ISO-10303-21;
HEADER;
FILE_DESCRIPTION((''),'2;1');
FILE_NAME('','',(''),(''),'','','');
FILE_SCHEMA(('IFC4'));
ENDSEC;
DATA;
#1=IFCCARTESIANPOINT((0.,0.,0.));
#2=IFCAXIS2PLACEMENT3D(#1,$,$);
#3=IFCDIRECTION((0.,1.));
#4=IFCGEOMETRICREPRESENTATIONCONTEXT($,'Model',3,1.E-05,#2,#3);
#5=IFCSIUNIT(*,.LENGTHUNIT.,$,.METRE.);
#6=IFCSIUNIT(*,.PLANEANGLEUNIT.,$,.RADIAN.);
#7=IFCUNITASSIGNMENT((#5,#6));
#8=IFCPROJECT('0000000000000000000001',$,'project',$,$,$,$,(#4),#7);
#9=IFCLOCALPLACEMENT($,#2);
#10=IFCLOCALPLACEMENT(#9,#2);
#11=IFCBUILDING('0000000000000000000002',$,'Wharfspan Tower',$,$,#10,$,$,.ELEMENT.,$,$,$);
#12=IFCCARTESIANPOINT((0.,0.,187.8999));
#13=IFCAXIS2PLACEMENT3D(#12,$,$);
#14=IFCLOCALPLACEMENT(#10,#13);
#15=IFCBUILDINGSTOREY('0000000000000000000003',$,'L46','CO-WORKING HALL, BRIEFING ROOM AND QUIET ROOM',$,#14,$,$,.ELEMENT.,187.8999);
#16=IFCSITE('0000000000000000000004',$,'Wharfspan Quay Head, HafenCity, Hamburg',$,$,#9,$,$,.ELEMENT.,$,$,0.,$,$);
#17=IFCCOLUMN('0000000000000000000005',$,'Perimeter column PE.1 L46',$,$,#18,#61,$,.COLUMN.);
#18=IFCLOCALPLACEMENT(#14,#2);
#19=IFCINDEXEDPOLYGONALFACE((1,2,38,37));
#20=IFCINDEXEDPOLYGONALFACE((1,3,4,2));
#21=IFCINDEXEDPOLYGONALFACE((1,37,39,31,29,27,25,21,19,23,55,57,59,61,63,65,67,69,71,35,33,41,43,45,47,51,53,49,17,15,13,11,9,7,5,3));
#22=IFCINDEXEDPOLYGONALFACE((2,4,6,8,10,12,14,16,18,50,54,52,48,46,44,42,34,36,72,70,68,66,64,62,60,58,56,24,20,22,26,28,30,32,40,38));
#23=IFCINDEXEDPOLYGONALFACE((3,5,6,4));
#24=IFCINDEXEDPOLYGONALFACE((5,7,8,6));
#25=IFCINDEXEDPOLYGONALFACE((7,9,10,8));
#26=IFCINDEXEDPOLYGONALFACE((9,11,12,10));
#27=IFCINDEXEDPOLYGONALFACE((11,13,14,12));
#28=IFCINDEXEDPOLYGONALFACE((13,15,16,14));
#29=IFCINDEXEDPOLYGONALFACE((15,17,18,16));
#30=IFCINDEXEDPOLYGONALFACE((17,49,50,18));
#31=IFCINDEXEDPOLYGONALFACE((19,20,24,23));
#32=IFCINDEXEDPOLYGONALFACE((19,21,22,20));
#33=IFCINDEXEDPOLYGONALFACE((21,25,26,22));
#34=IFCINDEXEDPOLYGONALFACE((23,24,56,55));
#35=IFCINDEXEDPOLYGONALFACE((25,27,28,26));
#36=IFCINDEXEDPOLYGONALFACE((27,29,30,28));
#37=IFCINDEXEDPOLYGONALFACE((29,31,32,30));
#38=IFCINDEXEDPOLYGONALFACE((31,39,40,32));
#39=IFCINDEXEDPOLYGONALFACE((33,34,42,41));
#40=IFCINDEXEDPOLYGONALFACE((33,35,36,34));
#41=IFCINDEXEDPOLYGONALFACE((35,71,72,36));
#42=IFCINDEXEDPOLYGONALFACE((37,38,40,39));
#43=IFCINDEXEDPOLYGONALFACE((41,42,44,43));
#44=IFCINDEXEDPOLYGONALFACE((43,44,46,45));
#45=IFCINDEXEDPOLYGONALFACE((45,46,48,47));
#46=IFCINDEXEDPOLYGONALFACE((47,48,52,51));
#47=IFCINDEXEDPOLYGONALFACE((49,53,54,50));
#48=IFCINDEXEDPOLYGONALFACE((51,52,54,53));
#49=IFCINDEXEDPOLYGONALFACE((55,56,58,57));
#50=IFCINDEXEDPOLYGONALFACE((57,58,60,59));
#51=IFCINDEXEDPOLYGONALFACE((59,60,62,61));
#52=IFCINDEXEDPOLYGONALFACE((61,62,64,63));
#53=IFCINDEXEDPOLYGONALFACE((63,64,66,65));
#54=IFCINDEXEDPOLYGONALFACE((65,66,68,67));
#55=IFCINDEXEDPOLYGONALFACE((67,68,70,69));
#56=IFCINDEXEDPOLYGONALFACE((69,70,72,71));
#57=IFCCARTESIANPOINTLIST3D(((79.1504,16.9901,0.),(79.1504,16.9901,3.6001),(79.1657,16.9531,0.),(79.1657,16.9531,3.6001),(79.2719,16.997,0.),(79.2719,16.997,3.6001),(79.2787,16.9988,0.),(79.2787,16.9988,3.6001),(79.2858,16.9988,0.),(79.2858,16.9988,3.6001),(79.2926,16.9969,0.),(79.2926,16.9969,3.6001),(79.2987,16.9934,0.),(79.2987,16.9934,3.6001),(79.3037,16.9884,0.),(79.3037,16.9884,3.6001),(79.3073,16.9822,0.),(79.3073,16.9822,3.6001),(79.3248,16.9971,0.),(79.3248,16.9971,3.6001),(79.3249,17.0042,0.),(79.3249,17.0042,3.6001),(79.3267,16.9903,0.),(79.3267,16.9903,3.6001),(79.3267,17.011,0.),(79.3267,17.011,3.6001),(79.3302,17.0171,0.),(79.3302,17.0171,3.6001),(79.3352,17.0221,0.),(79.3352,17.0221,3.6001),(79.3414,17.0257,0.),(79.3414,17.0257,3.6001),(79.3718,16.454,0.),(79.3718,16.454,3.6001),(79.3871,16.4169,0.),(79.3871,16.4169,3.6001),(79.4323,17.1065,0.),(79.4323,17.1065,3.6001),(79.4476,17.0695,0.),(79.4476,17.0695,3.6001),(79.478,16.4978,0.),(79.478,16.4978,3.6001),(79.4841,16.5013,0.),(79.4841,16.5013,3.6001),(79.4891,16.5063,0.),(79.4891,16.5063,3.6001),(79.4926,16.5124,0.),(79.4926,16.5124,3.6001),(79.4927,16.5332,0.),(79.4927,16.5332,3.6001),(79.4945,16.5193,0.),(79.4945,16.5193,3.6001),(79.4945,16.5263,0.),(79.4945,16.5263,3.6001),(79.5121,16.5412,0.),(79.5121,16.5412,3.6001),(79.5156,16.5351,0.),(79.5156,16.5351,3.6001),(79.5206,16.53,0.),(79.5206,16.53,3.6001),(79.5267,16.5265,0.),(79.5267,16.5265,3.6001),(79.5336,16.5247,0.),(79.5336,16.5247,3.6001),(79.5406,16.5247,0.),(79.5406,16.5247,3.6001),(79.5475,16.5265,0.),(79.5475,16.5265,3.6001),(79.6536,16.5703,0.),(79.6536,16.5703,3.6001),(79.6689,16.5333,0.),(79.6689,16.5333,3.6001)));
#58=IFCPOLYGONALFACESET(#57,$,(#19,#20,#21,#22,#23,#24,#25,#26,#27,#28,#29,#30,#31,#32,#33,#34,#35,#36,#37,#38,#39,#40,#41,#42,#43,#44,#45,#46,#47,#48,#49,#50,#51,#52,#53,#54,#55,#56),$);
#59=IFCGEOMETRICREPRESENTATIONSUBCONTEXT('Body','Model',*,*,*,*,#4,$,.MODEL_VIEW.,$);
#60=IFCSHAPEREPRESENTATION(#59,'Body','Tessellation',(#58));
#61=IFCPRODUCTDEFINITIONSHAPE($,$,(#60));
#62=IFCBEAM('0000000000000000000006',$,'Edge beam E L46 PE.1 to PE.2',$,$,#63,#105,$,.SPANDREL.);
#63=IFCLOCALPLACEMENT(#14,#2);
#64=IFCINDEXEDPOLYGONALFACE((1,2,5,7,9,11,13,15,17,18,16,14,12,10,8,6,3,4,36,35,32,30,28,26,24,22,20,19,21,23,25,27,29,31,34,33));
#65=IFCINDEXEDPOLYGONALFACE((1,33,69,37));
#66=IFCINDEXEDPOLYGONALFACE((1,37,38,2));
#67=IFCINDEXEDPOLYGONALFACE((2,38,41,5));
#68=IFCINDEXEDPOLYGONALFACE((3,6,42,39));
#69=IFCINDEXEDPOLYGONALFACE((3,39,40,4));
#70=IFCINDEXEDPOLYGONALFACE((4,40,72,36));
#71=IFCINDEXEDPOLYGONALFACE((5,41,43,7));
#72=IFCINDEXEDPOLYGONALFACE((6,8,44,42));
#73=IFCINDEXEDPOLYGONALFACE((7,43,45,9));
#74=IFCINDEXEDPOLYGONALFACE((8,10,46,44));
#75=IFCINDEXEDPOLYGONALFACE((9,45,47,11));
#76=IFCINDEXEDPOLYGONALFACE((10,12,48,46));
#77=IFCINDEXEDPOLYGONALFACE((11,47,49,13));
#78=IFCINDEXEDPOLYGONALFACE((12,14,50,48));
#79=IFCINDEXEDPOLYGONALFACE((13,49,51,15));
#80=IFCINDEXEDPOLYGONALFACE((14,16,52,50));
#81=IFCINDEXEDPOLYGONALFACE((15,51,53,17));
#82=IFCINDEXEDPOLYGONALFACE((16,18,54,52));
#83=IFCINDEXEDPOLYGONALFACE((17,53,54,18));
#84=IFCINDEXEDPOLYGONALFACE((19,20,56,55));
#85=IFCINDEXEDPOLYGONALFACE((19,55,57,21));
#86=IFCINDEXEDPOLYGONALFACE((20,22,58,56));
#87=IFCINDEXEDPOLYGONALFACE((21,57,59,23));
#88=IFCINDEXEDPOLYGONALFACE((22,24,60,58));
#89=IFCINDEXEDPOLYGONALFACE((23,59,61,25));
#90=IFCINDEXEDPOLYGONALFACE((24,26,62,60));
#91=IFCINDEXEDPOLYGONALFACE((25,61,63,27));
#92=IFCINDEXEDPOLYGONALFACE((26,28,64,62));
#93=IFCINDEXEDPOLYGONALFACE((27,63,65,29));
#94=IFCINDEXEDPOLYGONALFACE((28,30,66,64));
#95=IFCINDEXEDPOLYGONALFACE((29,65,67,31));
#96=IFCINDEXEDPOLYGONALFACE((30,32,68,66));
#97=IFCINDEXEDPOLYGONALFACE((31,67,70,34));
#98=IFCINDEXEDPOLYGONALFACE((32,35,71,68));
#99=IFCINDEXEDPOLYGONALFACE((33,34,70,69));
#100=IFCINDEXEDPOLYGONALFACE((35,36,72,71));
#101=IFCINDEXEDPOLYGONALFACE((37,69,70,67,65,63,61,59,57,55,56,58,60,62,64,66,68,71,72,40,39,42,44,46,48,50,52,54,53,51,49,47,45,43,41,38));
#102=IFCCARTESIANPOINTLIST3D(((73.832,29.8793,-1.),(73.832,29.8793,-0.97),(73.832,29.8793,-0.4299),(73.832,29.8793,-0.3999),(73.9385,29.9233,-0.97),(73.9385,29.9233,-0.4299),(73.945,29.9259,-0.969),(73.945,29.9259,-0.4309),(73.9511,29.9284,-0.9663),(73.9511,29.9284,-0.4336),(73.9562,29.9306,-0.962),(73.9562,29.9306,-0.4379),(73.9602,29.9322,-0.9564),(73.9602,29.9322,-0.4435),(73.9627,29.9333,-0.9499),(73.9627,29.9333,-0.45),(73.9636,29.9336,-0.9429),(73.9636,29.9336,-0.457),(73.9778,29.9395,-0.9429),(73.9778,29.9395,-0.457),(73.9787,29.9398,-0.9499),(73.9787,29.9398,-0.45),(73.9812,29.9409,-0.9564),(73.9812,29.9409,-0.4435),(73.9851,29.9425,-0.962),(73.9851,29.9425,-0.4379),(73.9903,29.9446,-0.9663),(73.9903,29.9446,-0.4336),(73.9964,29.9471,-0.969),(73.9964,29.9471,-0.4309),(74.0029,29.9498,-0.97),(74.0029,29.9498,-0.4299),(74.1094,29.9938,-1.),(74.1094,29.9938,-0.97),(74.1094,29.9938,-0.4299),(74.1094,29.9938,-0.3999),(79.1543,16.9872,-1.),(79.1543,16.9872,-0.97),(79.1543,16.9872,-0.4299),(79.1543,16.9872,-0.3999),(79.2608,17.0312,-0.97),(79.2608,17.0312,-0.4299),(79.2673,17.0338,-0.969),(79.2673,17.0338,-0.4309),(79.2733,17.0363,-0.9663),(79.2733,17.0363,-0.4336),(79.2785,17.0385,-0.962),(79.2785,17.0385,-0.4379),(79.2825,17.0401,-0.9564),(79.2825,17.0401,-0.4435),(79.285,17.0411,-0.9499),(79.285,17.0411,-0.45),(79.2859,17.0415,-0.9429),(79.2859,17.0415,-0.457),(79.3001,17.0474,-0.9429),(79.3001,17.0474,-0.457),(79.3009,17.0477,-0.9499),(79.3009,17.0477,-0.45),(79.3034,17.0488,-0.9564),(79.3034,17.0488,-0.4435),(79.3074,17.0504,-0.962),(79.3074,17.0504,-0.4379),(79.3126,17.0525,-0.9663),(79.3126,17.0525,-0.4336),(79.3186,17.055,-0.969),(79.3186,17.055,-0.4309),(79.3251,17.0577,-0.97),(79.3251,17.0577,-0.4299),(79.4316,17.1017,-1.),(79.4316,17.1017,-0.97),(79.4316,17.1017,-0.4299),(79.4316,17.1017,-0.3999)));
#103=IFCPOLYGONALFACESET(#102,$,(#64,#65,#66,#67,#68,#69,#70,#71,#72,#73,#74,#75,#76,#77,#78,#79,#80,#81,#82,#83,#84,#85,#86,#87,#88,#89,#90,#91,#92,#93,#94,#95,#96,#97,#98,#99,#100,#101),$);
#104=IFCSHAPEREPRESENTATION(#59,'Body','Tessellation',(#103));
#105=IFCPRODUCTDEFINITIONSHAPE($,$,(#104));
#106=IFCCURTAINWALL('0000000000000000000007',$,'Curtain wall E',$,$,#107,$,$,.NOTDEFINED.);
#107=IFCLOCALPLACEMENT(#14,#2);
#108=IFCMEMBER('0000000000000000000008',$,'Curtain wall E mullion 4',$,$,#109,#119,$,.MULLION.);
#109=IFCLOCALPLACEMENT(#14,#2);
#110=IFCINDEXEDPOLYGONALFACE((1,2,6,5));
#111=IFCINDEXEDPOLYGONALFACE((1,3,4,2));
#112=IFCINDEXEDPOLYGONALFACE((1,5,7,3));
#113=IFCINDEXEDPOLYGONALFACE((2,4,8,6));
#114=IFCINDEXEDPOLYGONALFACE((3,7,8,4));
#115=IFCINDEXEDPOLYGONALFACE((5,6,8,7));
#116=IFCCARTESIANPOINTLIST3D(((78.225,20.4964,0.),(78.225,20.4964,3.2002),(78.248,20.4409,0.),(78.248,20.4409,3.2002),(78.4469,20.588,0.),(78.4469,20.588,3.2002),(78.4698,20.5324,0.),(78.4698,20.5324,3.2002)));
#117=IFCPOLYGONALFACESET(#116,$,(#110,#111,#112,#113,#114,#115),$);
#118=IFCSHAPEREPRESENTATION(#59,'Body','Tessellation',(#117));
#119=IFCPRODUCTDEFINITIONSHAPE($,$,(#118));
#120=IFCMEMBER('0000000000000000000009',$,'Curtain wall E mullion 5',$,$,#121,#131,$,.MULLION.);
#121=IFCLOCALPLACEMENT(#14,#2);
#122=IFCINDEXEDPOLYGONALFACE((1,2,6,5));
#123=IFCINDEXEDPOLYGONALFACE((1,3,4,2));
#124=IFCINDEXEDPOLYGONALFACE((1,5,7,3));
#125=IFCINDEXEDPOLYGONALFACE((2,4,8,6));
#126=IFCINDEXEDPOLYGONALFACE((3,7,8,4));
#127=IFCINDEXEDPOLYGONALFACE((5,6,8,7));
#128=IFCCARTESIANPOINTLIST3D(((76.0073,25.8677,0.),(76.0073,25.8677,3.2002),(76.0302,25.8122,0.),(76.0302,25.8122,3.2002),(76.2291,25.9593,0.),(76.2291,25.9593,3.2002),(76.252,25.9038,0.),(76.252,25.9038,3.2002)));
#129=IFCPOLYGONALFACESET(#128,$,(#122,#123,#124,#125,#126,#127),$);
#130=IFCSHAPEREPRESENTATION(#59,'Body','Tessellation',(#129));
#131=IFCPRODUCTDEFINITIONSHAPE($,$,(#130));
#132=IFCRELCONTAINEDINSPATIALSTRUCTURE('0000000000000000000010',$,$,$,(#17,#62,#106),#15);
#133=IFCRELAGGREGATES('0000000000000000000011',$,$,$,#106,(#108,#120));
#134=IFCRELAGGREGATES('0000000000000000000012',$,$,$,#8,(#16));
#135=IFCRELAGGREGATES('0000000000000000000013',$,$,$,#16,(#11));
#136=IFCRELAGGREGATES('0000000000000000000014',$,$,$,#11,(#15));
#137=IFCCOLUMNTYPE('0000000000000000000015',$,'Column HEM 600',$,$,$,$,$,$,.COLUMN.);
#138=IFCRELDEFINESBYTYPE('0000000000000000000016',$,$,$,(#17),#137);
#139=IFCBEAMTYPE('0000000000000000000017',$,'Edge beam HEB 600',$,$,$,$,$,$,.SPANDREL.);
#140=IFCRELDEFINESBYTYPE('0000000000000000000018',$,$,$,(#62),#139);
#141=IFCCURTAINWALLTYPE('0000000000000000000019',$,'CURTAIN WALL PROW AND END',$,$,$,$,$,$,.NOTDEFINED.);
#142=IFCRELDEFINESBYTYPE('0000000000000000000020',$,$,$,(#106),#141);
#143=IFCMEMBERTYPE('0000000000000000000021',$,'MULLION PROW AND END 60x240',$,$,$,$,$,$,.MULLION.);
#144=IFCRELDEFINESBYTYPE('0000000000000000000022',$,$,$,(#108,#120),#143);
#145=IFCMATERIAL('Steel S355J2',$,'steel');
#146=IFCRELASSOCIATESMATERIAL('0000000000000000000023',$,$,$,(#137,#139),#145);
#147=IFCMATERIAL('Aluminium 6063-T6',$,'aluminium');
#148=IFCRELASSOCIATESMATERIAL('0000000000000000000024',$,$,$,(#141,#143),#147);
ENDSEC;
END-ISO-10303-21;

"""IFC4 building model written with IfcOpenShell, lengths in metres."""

from ifc_helpers import new_model, si_unit, direction, frame, origin, origin_2d, place, context, subcontext, project, spatial, rectangle, i_section, extrude, material, material_profile, profile_set, type_object, element, aggregate, save


model = new_model("IFC4")

# Units and contexts
model_context = context("Model", 3, precision=1e-05, world=origin(), true_north=direction((0.0, 1.0)))
body_context = subcontext(model_context, "Body", "Model", "MODEL_VIEW")
ifc_project = project(units=[si_unit("LENGTHUNIT", "METRE"), si_unit("PLANEANGLEUNIT", "RADIAN")], contexts=[model_context])

# Site, building, storey
site_placement = place(None, origin())
site = spatial("IfcSite", under=ifc_project, at=site_placement, Name="Wharfspan Quay Head, HafenCity, Hamburg", CompositionType="ELEMENT", RefElevation=0.0)
building_placement = place(site_placement, origin())
building = spatial("IfcBuilding", under=site, at=building_placement, Name="Wharfspan Tower", CompositionType="ELEMENT")
storey_placement = place(building_placement, frame((0.0, 0.0, 187.8999)))
storey = spatial("IfcBuildingStorey", under=building, at=storey_placement, Name="L46", Description="CO-WORKING HALL, BRIEFING ROOM AND QUIET ROOM", CompositionType="ELEMENT", Elevation=187.8999)

# Column
ifc_material_1 = material(Name="Steel S355J2", Category="steel")
ifc_material_profile_1 = material_profile(ifc_material_1, i_section(OverallWidth=0.3049, OverallDepth=0.6201, WebThickness=0.021, FlangeThickness=0.04, FilletRadius=0.0271, at=origin_2d()))
ifc_profile_set_1 = profile_set([ifc_material_profile_1], Name="Steel S355J2")
column_type = type_object("IfcColumnType", Name="Column HEM 600", PredefinedType="COLUMN", material=ifc_profile_set_1)
column_placement = place(storey_placement, frame((79.4097, 16.7617, 0.0), z_axis=(0.0, 0.0, 1.0), x_axis=(0.924325, 0.381602, 0.0)))
element("IfcColumn", 1, at=column_placement, inside=storey, type_object=column_type, Name="Perimeter column PE.1 L46", PredefinedType="COLUMN", context=body_context, shape_type="SweptSolid", body=[
    extrude(i_section(OverallWidth=0.3049, OverallDepth=0.6201, WebThickness=0.021, FlangeThickness=0.04, FilletRadius=0.0271, at=origin_2d()), origin(), (0.0, 0.0, 1.0), 3.6001),
])

# Beam
ifc_material_profile_2 = material_profile(ifc_material_1, i_section(OverallWidth=0.3, OverallDepth=0.6001, WebThickness=0.0154, FlangeThickness=0.03, FilletRadius=0.0271, at=origin_2d()))
ifc_profile_set_2 = profile_set([ifc_material_profile_2], Name="Steel S355J2")
beam_type = type_object("IfcBeamType", Name="Edge beam HEB 600", PredefinedType="SPANDREL", material=ifc_profile_set_2)
beam_placement = place(storey_placement, frame((79.293, 17.0444, -0.7), z_axis=(-0.381593, 0.92433, 0.0), x_axis=(-0.92433, -0.381593, 0.0)))
element("IfcBeam", 2, at=beam_placement, inside=storey, type_object=beam_type, Name="Edge beam E L46 PE.1 to PE.2", PredefinedType="SPANDREL", context=body_context, shape_type="SweptSolid", body=[
    extrude(i_section(OverallWidth=0.3, OverallDepth=0.6001, WebThickness=0.0154, FlangeThickness=0.03, FilletRadius=0.0271, at=origin_2d()), origin(), (0.0, 0.0, 1.0), 13.9475),
])

# Curtain wall, members
ifc_material_2 = material(Name="Aluminium 6063-T6", Category="aluminium")
curtain_wall_type = type_object("IfcCurtainWallType", Name="CURTAIN WALL PROW AND END", PredefinedType="NOTDEFINED", material=ifc_material_2)
curtain_wall_placement = place(storey_placement, origin())
curtain_wall = element("IfcCurtainWall", 3, at=curtain_wall_placement, inside=storey, type_object=curtain_wall_type, Name="Curtain wall E", PredefinedType="NOTDEFINED")
ifc_material_profile_3 = material_profile(ifc_material_2, rectangle(XDim=0.24, YDim=0.0601, at=origin_2d()))
ifc_profile_set_3 = profile_set([ifc_material_profile_3], Name="Aluminium 6063-T6")
member_type_1 = type_object("IfcMemberType", Name="MULLION PROW AND END 60x240", PredefinedType="MULLION", material=ifc_profile_set_3)
member_1_placement = place(storey_placement, frame((78.3474, 20.5144, 0.0), z_axis=(0.0, 0.0, 1.0), x_axis=(-0.924325, -0.381602, 0.0)))
member_1 = element("IfcMember", 4, at=member_1_placement, type_object=member_type_1, Name="Curtain wall E mullion 4", PredefinedType="MULLION", context=body_context, shape_type="SweptSolid", body=[
    extrude(rectangle(XDim=0.24, YDim=0.0601, at=origin_2d()), origin(), (0.0, 0.0, 1.0), 3.2002),
])
member_2_placement = place(storey_placement, frame((76.1296, 25.8857, 0.0), z_axis=(0.0, 0.0, 1.0), x_axis=(-0.924325, -0.381602, 0.0)))
member_2 = element("IfcMember", 5, at=member_2_placement, type_object=member_type_1, Name="Curtain wall E mullion 5", PredefinedType="MULLION", context=body_context, shape_type="SweptSolid", body=[
    extrude(rectangle(XDim=0.24, YDim=0.0601, at=origin_2d()), origin(), (0.0, 0.0, 1.0), 3.2002),
])

aggregate(curtain_wall, [member_1, member_2])

save(model, "model.ifc")
